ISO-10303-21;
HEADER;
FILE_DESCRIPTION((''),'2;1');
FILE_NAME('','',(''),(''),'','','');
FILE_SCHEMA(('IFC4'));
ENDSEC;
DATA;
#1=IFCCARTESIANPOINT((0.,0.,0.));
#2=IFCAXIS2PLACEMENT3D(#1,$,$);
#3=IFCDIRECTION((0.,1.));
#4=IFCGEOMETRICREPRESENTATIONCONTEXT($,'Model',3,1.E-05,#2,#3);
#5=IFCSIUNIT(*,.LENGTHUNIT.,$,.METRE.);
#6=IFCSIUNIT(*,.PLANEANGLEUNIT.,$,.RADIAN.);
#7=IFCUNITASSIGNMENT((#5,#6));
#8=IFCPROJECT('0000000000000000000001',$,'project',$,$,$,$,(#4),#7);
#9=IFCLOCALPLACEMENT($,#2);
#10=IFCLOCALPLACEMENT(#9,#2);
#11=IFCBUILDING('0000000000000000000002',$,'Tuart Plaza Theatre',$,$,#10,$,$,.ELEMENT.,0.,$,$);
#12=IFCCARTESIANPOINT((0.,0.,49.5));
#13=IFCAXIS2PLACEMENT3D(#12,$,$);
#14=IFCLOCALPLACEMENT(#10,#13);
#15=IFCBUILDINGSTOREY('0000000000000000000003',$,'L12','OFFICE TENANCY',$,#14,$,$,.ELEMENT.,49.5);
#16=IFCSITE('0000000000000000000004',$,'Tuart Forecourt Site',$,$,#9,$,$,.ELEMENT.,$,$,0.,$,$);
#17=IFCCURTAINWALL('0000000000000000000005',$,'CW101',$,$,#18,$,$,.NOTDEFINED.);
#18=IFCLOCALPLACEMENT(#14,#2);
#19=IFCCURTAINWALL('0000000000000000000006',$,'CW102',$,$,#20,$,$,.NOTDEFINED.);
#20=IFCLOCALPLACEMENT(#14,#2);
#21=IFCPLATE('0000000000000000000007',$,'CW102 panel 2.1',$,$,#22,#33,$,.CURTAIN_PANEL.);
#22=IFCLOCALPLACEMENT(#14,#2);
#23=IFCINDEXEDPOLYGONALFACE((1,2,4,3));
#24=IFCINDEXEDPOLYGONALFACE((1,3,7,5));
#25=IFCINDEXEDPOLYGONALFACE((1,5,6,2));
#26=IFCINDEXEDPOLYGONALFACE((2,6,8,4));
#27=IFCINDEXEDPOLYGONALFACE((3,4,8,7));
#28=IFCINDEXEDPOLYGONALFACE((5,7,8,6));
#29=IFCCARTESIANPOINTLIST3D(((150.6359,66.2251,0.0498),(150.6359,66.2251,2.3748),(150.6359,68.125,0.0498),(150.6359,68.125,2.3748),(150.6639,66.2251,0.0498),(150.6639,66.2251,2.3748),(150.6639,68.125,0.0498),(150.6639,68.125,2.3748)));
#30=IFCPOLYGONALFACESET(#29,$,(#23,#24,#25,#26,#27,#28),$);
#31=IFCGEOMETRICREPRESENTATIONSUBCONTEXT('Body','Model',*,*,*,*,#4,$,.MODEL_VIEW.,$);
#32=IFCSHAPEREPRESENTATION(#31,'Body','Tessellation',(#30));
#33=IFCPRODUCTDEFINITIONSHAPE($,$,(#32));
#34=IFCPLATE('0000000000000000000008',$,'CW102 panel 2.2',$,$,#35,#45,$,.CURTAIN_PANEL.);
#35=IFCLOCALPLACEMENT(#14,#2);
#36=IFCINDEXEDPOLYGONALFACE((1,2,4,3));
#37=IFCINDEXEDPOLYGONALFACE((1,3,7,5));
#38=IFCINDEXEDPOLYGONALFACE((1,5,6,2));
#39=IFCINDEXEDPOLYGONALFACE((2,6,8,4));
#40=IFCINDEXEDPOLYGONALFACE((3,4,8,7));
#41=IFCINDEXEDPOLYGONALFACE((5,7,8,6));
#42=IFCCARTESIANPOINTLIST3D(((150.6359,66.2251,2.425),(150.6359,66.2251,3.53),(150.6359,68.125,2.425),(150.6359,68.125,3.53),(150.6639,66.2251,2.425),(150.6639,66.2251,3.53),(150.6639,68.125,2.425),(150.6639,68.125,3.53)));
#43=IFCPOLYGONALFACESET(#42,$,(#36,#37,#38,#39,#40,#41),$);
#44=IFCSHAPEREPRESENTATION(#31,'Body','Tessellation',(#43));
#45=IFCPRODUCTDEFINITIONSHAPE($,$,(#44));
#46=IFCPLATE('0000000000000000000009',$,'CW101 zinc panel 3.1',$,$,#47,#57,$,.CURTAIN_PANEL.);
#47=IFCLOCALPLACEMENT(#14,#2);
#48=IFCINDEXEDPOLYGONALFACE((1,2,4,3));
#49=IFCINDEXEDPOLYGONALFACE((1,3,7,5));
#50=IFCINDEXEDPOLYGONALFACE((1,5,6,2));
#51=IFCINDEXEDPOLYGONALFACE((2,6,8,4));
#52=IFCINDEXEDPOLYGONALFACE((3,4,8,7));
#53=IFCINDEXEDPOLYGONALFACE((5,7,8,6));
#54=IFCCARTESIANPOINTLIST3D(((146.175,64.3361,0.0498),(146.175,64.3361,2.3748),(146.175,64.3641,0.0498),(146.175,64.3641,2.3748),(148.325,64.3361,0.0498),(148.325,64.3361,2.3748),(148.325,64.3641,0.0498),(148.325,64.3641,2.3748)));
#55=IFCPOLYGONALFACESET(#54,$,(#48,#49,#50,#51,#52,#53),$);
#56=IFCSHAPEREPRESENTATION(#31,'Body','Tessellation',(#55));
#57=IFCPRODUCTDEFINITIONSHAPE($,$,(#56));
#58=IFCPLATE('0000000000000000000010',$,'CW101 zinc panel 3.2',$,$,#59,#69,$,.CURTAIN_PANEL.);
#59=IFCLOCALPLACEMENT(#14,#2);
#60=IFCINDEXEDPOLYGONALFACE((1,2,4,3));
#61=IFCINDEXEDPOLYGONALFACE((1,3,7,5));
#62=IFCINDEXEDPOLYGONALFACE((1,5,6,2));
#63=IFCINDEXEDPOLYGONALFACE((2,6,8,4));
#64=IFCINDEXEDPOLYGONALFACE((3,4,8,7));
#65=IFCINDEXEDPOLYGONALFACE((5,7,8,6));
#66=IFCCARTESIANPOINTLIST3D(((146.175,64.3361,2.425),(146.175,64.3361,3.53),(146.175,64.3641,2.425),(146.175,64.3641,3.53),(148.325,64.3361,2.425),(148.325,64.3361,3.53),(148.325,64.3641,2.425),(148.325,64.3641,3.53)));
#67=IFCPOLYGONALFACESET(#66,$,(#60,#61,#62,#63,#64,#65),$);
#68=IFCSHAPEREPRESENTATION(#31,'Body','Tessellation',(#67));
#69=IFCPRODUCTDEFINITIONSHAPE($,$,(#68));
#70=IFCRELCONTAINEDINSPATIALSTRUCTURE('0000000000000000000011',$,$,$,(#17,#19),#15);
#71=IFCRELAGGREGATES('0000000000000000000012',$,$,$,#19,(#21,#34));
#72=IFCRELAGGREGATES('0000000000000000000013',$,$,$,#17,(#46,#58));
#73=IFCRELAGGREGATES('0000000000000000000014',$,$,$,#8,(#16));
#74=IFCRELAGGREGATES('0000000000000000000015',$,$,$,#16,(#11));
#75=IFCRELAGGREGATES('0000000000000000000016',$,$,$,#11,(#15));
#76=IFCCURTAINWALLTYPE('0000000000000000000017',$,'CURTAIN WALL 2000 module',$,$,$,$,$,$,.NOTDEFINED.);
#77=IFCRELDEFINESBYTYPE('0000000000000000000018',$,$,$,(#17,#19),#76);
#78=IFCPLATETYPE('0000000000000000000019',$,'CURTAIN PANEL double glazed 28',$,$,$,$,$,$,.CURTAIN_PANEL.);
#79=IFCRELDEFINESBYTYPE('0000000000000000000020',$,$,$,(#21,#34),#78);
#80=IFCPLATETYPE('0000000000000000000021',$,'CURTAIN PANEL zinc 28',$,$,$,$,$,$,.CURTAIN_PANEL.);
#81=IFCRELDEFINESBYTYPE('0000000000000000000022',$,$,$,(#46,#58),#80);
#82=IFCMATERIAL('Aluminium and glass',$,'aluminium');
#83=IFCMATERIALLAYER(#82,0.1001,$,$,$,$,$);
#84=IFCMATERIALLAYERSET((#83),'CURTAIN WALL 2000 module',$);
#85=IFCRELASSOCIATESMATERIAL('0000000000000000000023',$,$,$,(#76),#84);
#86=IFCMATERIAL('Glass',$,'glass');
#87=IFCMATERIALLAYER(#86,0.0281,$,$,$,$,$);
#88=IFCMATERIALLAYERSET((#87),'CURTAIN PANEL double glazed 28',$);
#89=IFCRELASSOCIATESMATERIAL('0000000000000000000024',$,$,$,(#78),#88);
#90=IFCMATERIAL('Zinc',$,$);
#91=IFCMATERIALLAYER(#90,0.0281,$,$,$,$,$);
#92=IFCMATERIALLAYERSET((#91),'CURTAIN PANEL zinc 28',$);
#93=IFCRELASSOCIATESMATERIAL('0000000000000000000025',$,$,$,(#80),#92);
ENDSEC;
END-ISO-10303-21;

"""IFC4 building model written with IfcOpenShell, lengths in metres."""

from ifc_helpers import new_model, si_unit, direction, frame, origin, origin_2d, place, context, subcontext, project, spatial, rectangle, extrude, material, layer, layer_set, type_object, element, aggregate, save


model = new_model("IFC4")

# Units and contexts
model_context = context("Model", 3, precision=1e-05, world=origin(), true_north=direction((0.0, 1.0)))
body_context = subcontext(model_context, "Body", "Model", "MODEL_VIEW")
ifc_project = project(units=[si_unit("LENGTHUNIT", "METRE"), si_unit("PLANEANGLEUNIT", "RADIAN")], contexts=[model_context])

# Site, building, storey
site_placement = place(None, origin())
site = spatial("IfcSite", under=ifc_project, at=site_placement, Name="Tuart Forecourt Site", CompositionType="ELEMENT", RefElevation=0.0)
building_placement = place(site_placement, origin())
building = spatial("IfcBuilding", under=site, at=building_placement, Name="Tuart Plaza Theatre", CompositionType="ELEMENT", ElevationOfRefHeight=0.0)
storey_placement = place(building_placement, frame((0.0, 0.0, 49.5)))
storey = spatial("IfcBuildingStorey", under=building, at=storey_placement, Name="L12", Description="OFFICE TENANCY", CompositionType="ELEMENT", Elevation=49.5)

# Shared definitions
ifc_material_1 = material(Name="Aluminium and glass", Category="aluminium")
ifc_layer_1 = layer(ifc_material_1, 0.1001)
ifc_layer_set_1 = layer_set([ifc_layer_1], Name="CURTAIN WALL 2000 module")
curtain_wall_type = type_object("IfcCurtainWallType", Name="CURTAIN WALL 2000 module", PredefinedType="NOTDEFINED", material=ifc_layer_set_1)

# Curtain wall
curtain_wall_1_placement = place(storey_placement, origin())
curtain_wall_1 = element("IfcCurtainWall", 1, at=curtain_wall_1_placement, inside=storey, type_object=curtain_wall_type, Name="CW101", PredefinedType="NOTDEFINED")

# Curtain wall
curtain_wall_2_placement = place(storey_placement, origin())
curtain_wall_2 = element("IfcCurtainWall", 2, at=curtain_wall_2_placement, inside=storey, type_object=curtain_wall_type, Name="CW102", PredefinedType="NOTDEFINED")

# Plates
ifc_material_2 = material(Name="Glass", Category="glass")
ifc_layer_2 = layer(ifc_material_2, 0.0281)
ifc_layer_set_2 = layer_set([ifc_layer_2], Name="CURTAIN PANEL double glazed 28")
plate_type_1 = type_object("IfcPlateType", Name="CURTAIN PANEL double glazed 28", PredefinedType="CURTAIN_PANEL", material=ifc_layer_set_2)
plate_1_placement = place(storey_placement, frame((150.6499, 67.175, 0.0498), z_axis=(0.0, 0.0, 1.0), x_axis=(0.0, 1.0, 0.0)))
plate_1 = element("IfcPlate", 3, at=plate_1_placement, type_object=plate_type_1, Name="CW102 panel 2.1", PredefinedType="CURTAIN_PANEL", context=body_context, shape_type="SweptSolid", body=[
    extrude(rectangle(XDim=1.8999, YDim=0.0281, at=origin_2d()), origin(), (0.0, 0.0, 1.0), 2.325),
])
plate_2_placement = place(storey_placement, frame((150.6499, 67.175, 2.425), z_axis=(0.0, 0.0, 1.0), x_axis=(0.0, 1.0, 0.0)))
plate_2 = element("IfcPlate", 4, at=plate_2_placement, type_object=plate_type_1, Name="CW102 panel 2.2", PredefinedType="CURTAIN_PANEL", context=body_context, shape_type="SweptSolid", body=[
    extrude(rectangle(XDim=1.8999, YDim=0.0281, at=origin_2d()), origin(), (0.0, 0.0, 1.0), 1.105),
])
aggregate(curtain_wall_2, [plate_1, plate_2])
ifc_material_3 = material(Name="Zinc")
ifc_layer_3 = layer(ifc_material_3, 0.0281)
ifc_layer_set_3 = layer_set([ifc_layer_3], Name="CURTAIN PANEL zinc 28")
plate_type_2 = type_object("IfcPlateType", Name="CURTAIN PANEL zinc 28", PredefinedType="CURTAIN_PANEL", material=ifc_layer_set_3)
plate_3_placement = place(storey_placement, frame((147.25, 64.3501, 0.0498), z_axis=(0.0, 0.0, 1.0), x_axis=(1.0, 0.0, 0.0)))
plate_3 = element("IfcPlate", 5, at=plate_3_placement, type_object=plate_type_2, Name="CW101 zinc panel 3.1", PredefinedType="CURTAIN_PANEL", context=body_context, shape_type="SweptSolid", body=[
    extrude(rectangle(XDim=2.1499, YDim=0.0281, at=origin_2d()), origin(), (0.0, 0.0, 1.0), 2.325),
])
plate_4_placement = place(storey_placement, frame((147.25, 64.3501, 2.425), z_axis=(0.0, 0.0, 1.0), x_axis=(1.0, 0.0, 0.0)))
plate_4 = element("IfcPlate", 6, at=plate_4_placement, type_object=plate_type_2, Name="CW101 zinc panel 3.2", PredefinedType="CURTAIN_PANEL", context=body_context, shape_type="SweptSolid", body=[
    extrude(rectangle(XDim=2.1499, YDim=0.0281, at=origin_2d()), origin(), (0.0, 0.0, 1.0), 1.105),
])
aggregate(curtain_wall_1, [plate_3, plate_4])

save(model, "model.ifc")
